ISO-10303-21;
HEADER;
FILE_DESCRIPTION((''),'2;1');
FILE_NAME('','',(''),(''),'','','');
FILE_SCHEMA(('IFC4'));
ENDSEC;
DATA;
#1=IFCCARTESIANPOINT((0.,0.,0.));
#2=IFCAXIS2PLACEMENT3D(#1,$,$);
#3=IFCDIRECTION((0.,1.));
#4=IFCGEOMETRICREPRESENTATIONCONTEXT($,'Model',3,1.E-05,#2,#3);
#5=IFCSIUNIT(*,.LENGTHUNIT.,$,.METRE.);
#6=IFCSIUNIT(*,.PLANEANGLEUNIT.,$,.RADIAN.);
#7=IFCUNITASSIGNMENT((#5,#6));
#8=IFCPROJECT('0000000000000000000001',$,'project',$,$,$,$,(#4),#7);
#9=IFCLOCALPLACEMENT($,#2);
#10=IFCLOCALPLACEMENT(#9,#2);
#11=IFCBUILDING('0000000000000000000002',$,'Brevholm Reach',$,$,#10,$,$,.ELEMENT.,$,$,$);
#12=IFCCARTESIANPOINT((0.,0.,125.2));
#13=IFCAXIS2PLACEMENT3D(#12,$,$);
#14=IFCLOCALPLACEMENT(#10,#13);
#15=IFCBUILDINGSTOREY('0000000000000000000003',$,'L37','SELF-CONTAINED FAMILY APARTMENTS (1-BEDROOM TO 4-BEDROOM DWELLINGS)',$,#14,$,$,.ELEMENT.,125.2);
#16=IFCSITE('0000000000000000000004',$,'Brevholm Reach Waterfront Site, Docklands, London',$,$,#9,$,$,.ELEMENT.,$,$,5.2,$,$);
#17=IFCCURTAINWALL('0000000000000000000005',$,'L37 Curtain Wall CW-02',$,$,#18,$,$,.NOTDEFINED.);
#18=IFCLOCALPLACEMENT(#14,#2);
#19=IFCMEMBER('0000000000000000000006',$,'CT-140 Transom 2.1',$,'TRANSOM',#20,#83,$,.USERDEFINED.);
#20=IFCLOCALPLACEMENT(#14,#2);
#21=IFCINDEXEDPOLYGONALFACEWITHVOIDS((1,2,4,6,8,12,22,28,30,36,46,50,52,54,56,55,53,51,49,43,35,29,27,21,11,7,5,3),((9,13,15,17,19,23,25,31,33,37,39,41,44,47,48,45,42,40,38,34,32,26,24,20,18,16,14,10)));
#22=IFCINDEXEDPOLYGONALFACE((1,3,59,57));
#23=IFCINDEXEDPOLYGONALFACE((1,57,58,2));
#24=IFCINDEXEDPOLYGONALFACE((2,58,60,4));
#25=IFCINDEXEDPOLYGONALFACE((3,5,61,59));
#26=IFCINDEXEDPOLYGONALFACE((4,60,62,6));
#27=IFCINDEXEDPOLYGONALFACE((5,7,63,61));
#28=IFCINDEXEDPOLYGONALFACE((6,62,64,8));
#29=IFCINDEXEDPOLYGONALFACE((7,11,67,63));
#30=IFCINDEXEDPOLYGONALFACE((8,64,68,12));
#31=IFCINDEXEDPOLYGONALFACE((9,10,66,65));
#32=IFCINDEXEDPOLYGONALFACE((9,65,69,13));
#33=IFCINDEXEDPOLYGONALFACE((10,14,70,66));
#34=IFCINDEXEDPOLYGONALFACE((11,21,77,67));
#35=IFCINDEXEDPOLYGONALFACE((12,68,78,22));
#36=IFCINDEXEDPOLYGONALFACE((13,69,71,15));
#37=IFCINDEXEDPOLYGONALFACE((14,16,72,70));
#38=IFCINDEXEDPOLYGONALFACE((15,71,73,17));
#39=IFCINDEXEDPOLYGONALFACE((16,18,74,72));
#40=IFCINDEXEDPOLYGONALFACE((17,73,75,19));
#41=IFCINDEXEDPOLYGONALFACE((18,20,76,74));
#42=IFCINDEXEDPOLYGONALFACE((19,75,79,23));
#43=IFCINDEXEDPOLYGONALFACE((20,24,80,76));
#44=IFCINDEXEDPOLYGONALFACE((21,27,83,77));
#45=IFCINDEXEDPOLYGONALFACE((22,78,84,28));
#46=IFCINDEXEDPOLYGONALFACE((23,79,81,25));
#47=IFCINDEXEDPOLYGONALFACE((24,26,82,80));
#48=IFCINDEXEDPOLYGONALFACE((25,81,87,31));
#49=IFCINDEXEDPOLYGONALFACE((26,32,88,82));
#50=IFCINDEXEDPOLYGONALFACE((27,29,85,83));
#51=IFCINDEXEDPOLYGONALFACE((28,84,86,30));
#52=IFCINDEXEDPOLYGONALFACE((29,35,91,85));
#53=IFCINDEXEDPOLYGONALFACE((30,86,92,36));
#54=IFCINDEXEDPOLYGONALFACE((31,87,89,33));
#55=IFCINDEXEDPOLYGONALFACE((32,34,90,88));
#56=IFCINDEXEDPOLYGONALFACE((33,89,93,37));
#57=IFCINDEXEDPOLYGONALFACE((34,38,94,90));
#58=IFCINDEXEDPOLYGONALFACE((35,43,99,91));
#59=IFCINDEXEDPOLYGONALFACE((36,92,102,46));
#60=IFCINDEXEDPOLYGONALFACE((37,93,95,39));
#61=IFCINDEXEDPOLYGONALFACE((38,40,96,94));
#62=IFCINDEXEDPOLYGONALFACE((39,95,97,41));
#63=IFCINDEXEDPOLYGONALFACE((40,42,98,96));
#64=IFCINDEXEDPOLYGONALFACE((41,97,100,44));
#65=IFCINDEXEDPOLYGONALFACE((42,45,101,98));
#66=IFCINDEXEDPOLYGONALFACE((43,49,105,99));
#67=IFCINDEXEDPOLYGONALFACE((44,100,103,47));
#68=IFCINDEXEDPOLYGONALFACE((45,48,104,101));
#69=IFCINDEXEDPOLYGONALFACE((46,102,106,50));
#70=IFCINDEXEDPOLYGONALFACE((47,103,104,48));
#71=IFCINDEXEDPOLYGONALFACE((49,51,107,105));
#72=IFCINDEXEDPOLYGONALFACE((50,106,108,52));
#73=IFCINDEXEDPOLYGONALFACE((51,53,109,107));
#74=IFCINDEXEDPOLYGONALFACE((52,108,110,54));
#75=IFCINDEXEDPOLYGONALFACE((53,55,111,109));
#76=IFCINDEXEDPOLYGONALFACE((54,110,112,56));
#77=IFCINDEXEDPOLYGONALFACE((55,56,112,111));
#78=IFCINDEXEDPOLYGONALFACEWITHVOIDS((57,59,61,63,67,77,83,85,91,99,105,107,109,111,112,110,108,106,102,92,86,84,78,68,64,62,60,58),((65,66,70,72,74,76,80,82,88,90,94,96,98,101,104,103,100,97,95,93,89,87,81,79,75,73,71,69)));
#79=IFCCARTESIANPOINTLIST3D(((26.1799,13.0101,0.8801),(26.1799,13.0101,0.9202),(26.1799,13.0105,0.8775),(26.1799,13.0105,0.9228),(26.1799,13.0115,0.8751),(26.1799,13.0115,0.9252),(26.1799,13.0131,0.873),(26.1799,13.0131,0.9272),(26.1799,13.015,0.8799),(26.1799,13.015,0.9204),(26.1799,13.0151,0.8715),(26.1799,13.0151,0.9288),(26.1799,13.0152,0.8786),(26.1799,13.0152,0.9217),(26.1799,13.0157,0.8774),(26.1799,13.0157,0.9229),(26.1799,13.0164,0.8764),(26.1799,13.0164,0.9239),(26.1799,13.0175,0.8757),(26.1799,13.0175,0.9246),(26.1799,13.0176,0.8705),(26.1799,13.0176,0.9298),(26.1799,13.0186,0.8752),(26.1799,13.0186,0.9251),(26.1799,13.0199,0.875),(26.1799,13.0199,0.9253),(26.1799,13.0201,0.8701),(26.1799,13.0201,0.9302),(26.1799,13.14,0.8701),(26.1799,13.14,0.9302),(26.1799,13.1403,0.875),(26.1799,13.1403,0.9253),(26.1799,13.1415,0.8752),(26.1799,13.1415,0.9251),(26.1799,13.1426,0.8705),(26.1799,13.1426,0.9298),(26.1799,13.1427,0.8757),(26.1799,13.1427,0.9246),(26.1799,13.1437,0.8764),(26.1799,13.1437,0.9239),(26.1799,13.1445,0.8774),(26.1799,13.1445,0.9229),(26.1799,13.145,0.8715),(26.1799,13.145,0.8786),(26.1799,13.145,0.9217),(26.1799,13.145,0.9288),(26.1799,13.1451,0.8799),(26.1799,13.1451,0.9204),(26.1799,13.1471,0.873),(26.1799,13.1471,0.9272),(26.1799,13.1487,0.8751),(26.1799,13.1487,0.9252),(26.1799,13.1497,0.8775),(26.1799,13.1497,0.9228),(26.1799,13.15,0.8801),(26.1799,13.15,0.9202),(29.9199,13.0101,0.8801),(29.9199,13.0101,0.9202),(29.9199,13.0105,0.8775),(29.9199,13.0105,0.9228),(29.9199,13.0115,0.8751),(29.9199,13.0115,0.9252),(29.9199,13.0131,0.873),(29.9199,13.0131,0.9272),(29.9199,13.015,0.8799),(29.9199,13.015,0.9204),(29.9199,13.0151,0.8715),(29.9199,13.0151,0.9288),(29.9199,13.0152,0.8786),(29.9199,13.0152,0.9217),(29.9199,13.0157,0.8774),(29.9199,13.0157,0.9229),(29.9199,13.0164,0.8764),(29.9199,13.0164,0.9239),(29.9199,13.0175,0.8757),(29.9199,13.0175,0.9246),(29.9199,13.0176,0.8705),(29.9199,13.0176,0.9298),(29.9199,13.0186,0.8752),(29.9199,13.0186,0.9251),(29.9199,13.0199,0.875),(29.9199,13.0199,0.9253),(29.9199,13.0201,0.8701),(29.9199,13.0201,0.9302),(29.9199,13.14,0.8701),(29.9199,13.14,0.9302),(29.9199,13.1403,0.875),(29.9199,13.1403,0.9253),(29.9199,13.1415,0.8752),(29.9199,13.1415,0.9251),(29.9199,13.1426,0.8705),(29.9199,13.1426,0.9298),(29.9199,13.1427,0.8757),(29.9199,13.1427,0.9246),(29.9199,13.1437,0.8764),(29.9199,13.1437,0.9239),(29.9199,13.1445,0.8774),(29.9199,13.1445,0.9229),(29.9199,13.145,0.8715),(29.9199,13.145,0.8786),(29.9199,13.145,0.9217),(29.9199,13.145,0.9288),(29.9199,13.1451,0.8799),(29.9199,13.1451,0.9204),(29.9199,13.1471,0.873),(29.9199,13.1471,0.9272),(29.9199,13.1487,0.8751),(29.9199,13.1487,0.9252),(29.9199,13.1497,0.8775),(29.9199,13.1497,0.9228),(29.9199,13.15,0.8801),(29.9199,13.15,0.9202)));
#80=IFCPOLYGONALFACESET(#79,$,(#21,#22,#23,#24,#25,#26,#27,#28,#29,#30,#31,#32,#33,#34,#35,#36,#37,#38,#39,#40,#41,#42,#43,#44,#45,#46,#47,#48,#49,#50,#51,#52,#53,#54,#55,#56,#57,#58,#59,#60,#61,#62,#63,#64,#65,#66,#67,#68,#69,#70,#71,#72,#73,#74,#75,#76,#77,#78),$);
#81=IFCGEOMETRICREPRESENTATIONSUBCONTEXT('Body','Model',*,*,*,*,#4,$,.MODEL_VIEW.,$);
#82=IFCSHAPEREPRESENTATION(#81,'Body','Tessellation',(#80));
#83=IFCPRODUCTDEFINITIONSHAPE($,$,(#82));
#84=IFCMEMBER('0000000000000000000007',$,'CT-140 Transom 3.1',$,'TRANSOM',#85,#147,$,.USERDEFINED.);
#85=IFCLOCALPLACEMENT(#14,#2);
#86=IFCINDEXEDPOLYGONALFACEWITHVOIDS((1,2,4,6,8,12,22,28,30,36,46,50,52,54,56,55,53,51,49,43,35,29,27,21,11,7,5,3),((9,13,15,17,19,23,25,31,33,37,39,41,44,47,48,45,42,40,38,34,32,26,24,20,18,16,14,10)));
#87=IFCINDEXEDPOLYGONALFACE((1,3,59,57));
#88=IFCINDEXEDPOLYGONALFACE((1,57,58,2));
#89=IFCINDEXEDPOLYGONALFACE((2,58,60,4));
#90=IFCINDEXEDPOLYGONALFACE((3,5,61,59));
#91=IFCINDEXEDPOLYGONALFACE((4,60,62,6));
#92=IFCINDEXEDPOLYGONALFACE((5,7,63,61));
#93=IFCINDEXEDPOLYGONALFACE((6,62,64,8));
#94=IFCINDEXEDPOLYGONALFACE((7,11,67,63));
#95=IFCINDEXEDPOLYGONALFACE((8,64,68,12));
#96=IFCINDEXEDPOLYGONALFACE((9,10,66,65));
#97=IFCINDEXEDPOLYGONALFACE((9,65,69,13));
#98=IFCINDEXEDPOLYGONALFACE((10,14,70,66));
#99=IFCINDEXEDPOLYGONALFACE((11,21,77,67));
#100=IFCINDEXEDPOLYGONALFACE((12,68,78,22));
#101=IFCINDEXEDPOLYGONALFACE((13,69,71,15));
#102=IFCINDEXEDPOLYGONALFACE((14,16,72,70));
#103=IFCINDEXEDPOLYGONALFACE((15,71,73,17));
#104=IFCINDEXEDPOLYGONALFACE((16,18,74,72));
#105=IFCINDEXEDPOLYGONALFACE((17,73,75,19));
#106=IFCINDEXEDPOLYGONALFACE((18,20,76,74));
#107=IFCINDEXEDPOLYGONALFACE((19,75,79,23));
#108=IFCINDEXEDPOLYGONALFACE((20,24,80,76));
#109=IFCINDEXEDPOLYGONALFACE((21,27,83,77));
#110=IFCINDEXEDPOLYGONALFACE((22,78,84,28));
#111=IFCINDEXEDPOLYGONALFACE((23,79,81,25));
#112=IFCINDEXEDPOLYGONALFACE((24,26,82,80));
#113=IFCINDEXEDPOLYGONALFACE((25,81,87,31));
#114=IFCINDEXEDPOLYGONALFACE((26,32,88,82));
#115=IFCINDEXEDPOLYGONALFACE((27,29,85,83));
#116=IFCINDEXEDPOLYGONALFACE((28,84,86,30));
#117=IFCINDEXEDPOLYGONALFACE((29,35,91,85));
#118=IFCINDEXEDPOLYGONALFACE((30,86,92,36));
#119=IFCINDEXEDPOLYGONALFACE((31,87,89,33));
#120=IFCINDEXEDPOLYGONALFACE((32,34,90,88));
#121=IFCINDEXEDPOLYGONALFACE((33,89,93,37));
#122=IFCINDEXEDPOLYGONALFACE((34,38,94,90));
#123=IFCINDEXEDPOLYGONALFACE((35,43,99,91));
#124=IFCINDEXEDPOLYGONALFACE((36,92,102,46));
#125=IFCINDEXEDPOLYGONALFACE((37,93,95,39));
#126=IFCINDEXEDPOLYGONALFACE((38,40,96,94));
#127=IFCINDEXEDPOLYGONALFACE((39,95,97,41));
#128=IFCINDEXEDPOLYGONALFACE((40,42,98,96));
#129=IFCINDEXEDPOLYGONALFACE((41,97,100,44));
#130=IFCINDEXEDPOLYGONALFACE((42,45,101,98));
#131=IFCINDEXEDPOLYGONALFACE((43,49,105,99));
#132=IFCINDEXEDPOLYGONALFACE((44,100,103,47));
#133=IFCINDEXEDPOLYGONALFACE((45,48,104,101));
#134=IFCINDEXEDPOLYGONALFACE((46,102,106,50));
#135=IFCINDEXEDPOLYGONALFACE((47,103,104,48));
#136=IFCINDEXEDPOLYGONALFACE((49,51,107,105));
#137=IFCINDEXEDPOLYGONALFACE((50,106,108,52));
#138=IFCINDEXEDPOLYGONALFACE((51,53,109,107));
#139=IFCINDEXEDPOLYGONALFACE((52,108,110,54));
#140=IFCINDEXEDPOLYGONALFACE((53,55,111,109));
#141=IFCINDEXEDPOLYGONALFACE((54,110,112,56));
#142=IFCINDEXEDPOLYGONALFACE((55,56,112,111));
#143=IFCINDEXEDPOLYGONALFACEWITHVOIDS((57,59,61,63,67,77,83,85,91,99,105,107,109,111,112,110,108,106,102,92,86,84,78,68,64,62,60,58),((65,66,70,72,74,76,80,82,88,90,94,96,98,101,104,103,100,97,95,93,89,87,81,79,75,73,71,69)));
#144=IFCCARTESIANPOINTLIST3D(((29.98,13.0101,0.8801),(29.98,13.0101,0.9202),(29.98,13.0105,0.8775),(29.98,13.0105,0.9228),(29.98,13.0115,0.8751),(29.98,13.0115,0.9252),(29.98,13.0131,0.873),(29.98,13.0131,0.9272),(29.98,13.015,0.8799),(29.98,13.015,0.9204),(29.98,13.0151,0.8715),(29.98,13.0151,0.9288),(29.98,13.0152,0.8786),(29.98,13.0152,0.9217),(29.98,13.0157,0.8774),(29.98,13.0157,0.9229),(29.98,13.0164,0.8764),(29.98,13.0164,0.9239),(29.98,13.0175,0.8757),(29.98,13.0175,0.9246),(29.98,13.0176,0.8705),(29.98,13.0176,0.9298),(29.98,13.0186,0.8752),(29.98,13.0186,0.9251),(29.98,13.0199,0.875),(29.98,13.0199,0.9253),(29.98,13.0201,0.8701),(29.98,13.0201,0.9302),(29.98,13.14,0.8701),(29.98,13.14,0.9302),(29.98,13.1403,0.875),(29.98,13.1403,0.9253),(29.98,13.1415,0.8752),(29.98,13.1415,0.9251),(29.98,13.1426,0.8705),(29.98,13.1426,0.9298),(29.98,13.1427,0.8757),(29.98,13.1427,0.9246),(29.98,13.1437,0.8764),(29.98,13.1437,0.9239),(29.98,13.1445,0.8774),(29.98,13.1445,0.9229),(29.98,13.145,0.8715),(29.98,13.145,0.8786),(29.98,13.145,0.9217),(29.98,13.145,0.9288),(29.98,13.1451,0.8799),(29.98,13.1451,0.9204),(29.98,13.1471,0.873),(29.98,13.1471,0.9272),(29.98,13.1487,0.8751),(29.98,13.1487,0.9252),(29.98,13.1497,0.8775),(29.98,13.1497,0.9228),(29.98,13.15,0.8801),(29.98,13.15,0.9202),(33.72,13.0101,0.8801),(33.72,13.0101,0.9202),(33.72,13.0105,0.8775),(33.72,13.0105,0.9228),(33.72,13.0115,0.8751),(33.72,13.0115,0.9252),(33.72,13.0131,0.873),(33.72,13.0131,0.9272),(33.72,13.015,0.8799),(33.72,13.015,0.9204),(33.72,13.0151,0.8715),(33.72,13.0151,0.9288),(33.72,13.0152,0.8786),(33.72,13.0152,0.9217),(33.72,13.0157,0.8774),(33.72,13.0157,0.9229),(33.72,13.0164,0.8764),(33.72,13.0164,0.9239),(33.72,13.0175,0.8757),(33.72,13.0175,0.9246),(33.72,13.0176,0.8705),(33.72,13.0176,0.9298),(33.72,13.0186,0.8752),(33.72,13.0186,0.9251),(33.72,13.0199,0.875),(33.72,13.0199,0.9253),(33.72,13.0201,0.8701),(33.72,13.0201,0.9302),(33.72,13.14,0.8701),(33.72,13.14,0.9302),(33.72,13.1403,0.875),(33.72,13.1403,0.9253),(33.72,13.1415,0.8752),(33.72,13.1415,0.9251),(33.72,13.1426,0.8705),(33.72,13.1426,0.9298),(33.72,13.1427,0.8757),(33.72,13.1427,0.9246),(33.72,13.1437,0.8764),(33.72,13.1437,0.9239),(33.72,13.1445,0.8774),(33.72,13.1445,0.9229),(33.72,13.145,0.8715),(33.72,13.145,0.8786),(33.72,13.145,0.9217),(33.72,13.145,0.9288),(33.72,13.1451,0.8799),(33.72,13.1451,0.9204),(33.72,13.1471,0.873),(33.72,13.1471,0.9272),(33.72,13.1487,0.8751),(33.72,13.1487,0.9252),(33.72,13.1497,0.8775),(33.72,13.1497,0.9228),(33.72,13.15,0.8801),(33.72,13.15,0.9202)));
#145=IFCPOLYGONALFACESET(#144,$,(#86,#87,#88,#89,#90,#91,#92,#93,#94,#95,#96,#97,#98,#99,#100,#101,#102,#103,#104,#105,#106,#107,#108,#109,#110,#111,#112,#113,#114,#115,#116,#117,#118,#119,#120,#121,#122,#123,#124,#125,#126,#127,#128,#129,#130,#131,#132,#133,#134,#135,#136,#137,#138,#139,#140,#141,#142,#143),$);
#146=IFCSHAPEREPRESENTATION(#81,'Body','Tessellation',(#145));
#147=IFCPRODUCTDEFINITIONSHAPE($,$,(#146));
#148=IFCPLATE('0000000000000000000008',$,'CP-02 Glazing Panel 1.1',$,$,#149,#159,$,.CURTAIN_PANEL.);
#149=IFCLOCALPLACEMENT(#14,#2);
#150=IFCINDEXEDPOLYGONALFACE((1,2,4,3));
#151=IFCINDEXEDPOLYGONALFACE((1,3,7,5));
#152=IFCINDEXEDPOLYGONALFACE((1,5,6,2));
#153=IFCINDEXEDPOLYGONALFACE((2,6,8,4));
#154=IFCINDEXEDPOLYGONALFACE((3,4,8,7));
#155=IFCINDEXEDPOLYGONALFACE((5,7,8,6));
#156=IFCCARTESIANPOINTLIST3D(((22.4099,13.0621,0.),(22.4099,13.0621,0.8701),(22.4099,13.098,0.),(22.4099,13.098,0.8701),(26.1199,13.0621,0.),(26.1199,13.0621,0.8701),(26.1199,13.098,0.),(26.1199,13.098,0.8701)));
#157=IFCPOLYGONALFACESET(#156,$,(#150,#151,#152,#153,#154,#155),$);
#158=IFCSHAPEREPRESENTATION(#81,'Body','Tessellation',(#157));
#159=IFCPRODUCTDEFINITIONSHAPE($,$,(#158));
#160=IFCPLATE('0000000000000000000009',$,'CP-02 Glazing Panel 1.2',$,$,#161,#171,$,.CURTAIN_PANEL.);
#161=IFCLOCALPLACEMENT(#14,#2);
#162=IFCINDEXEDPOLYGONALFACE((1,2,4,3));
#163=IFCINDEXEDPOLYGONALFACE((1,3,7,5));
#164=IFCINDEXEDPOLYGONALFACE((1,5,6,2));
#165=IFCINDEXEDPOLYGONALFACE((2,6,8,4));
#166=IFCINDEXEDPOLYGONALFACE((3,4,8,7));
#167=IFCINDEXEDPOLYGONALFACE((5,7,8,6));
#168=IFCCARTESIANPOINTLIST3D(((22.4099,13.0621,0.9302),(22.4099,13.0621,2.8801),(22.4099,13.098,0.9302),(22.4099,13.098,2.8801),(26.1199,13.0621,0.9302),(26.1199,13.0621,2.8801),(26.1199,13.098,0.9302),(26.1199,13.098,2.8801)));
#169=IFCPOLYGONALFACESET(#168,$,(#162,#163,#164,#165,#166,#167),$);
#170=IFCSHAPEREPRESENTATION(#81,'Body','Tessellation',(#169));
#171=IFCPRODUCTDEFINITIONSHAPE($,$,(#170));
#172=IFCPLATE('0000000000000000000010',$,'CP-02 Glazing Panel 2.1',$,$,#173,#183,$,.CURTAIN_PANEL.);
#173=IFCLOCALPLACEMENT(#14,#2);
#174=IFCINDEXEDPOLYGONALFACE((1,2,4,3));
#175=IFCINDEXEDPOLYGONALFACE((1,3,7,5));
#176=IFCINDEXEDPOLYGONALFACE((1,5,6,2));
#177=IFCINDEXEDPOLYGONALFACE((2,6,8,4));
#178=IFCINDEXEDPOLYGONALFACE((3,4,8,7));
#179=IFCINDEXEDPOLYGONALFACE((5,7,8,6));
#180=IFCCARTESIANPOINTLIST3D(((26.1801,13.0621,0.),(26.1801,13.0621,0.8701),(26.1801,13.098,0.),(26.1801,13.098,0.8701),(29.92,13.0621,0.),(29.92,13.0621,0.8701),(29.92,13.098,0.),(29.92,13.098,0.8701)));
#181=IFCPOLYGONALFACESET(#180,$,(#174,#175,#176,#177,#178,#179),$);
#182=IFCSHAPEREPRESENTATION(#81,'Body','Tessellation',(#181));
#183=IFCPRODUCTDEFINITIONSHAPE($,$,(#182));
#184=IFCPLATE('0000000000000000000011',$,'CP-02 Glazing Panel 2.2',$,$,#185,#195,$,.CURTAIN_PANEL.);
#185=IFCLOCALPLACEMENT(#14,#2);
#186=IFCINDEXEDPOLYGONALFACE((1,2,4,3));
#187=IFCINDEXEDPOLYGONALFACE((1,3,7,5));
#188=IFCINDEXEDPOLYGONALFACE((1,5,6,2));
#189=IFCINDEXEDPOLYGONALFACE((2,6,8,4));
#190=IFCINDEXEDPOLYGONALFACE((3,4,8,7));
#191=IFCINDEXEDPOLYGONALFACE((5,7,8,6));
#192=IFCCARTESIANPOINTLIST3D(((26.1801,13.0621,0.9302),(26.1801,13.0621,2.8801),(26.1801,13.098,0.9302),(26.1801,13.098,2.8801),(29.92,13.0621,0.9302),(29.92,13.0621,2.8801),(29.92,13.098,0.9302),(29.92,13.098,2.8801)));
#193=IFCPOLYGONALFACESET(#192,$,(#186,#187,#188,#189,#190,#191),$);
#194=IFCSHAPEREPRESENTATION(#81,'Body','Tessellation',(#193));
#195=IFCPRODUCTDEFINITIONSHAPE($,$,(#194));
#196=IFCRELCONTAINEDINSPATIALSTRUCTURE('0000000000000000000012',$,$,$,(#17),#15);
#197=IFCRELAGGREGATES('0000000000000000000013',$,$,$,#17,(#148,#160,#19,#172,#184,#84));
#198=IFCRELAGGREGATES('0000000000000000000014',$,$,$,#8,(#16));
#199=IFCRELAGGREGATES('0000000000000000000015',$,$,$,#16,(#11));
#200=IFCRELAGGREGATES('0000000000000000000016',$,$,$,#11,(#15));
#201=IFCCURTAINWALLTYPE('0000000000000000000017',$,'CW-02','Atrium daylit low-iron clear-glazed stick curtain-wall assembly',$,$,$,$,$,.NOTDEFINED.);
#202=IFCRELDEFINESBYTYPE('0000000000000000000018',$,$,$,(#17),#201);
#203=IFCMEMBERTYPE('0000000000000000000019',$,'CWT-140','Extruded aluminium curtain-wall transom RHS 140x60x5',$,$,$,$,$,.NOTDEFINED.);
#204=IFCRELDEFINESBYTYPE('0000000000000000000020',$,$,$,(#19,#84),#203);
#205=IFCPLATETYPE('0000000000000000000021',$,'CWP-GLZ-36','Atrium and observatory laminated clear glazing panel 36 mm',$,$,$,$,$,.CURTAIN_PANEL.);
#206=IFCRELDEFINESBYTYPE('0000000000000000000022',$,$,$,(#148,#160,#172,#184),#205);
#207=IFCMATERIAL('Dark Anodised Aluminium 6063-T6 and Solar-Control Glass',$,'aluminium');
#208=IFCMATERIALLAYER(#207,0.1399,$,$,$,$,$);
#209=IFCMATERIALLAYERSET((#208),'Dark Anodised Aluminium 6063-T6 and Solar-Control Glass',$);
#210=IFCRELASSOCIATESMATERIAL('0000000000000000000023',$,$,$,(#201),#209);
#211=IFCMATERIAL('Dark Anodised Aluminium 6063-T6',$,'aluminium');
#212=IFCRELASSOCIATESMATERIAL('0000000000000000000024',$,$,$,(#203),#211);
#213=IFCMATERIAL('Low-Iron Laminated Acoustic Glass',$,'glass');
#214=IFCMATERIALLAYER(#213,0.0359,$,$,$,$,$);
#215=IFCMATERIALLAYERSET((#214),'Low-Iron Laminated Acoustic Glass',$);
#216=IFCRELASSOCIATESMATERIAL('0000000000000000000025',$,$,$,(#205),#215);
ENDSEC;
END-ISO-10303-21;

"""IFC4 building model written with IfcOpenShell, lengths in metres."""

from ifc_helpers import new_model, si_unit, direction, frame, origin, origin_2d, place, context, subcontext, project, spatial, rectangle, hollow_rectangle, extrude, material, layer, layer_set, material_profile, profile_set, type_object, element, aggregate, save


model = new_model("IFC4")

# Units and contexts
model_context = context("Model", 3, precision=1e-05, world=origin(), true_north=direction((0.0, 1.0)))
body_context = subcontext(model_context, "Body", "Model", "MODEL_VIEW")
ifc_project = project(units=[si_unit("LENGTHUNIT", "METRE"), si_unit("PLANEANGLEUNIT", "RADIAN")], contexts=[model_context])

# Site, building, storey
site_placement = place(None, origin())
site = spatial("IfcSite", under=ifc_project, at=site_placement, Name="Brevholm Reach Waterfront Site, Docklands, London", CompositionType="ELEMENT", RefElevation=5.2)
building_placement = place(site_placement, origin())
building = spatial("IfcBuilding", under=site, at=building_placement, Name="Brevholm Reach", CompositionType="ELEMENT")
storey_placement = place(building_placement, frame((0.0, 0.0, 125.2)))
storey = spatial("IfcBuildingStorey", under=building, at=storey_placement, Name="L37", Description="SELF-CONTAINED FAMILY APARTMENTS (1-BEDROOM TO 4-BEDROOM DWELLINGS)", CompositionType="ELEMENT", Elevation=125.2)

# Curtain wall, members, plates
ifc_material_1 = material(Name="Dark Anodised Aluminium 6063-T6 and Solar-Control Glass", Category="aluminium")
ifc_layer_1 = layer(ifc_material_1, 0.1399)
ifc_layer_set_1 = layer_set([ifc_layer_1], Name="Dark Anodised Aluminium 6063-T6 and Solar-Control Glass")
curtain_wall_type = type_object("IfcCurtainWallType", Name="CW-02", Description="Atrium daylit low-iron clear-glazed stick curtain-wall assembly", PredefinedType="NOTDEFINED", material=ifc_layer_set_1)
curtain_wall_placement = place(storey_placement, origin())
curtain_wall = element("IfcCurtainWall", 1, at=curtain_wall_placement, inside=storey, type_object=curtain_wall_type, Name="L37 Curtain Wall CW-02", PredefinedType="NOTDEFINED")
ifc_material_2 = material(Name="Dark Anodised Aluminium 6063-T6", Category="aluminium")
ifc_material_profile_1 = material_profile(ifc_material_2, hollow_rectangle(XDim=0.0601, YDim=0.1399, WallThickness=0.0049, InnerFilletRadius=0.0049, OuterFilletRadius=0.01, at=origin_2d()), Name="RHS 140x60x5")
ifc_profile_set_1 = profile_set([ifc_material_profile_1], Name="Dark Anodised Aluminium 6063-T6")
member_type_1 = type_object("IfcMemberType", Name="CWT-140", Description="Extruded aluminium curtain-wall transom RHS 140x60x5", PredefinedType="NOTDEFINED", material=ifc_profile_set_1)
member_1_placement = place(storey_placement, frame((26.1799, 13.0801, 0.9001), z_axis=(1.0, 0.0, 0.0), x_axis=(0.0, 0.0, 1.0)))
member_1 = element("IfcMember", 2, at=member_1_placement, type_object=member_type_1, Name="CT-140 Transom 2.1", ObjectType="TRANSOM", PredefinedType="USERDEFINED", context=body_context, shape_type="SweptSolid", body=[
    extrude(hollow_rectangle(XDim=0.0601, YDim=0.1399, WallThickness=0.0049, InnerFilletRadius=0.0049, OuterFilletRadius=0.01, at=origin_2d()), origin(), (0.0, 0.0, 1.0), 3.74),
])
member_2_placement = place(storey_placement, frame((29.98, 13.0801, 0.9001), z_axis=(1.0, 0.0, 0.0), x_axis=(0.0, 0.0, 1.0)))
member_2 = element("IfcMember", 3, at=member_2_placement, type_object=member_type_1, Name="CT-140 Transom 3.1", ObjectType="TRANSOM", PredefinedType="USERDEFINED", context=body_context, shape_type="SweptSolid", body=[
    extrude(hollow_rectangle(XDim=0.0601, YDim=0.1399, WallThickness=0.0049, InnerFilletRadius=0.0049, OuterFilletRadius=0.01, at=origin_2d()), origin(), (0.0, 0.0, 1.0), 3.74),
])
ifc_material_3 = material(Name="Low-Iron Laminated Acoustic Glass", Category="glass")
ifc_layer_2 = layer(ifc_material_3, 0.0359)
ifc_layer_set_2 = layer_set([ifc_layer_2], Name="Low-Iron Laminated Acoustic Glass")
plate_type = type_object("IfcPlateType", Name="CWP-GLZ-36", Description="Atrium and observatory laminated clear glazing panel 36 mm", PredefinedType="CURTAIN_PANEL", material=ifc_layer_set_2)
plate_1_placement = place(storey_placement, frame((24.2649, 13.0801, 0.0), z_axis=(0.0, 0.0, 1.0), x_axis=(1.0, 0.0, 0.0)))
plate_1 = element("IfcPlate", 4, at=plate_1_placement, type_object=plate_type, Name="CP-02 Glazing Panel 1.1", PredefinedType="CURTAIN_PANEL", context=body_context, shape_type="SweptSolid", body=[
    extrude(rectangle(XDim=3.71, YDim=0.0359, at=origin_2d()), origin(), (0.0, 0.0, 1.0), 0.8701),
])
plate_2_placement = place(storey_placement, frame((24.2649, 13.0801, 0.9302), z_axis=(0.0, 0.0, 1.0), x_axis=(1.0, 0.0, 0.0)))
plate_2 = element("IfcPlate", 5, at=plate_2_placement, type_object=plate_type, Name="CP-02 Glazing Panel 1.2", PredefinedType="CURTAIN_PANEL", context=body_context, shape_type="SweptSolid", body=[
    extrude(rectangle(XDim=3.71, YDim=0.0359, at=origin_2d()), origin(), (0.0, 0.0, 1.0), 1.95),
])
plate_3_placement = place(storey_placement, frame((28.05, 13.0801, 0.0), z_axis=(0.0, 0.0, 1.0), x_axis=(1.0, 0.0, 0.0)))
plate_3 = element("IfcPlate", 6, at=plate_3_placement, type_object=plate_type, Name="CP-02 Glazing Panel 2.1", PredefinedType="CURTAIN_PANEL", context=body_context, shape_type="SweptSolid", body=[
    extrude(rectangle(XDim=3.74, YDim=0.0359, at=origin_2d()), origin(), (0.0, 0.0, 1.0), 0.8701),
])
plate_4_placement = place(storey_placement, frame((28.05, 13.0801, 0.9302), z_axis=(0.0, 0.0, 1.0), x_axis=(1.0, 0.0, 0.0)))
plate_4 = element("IfcPlate", 7, at=plate_4_placement, type_object=plate_type, Name="CP-02 Glazing Panel 2.2", PredefinedType="CURTAIN_PANEL", context=body_context, shape_type="SweptSolid", body=[
    extrude(rectangle(XDim=3.74, YDim=0.0359, at=origin_2d()), origin(), (0.0, 0.0, 1.0), 1.95),
])
aggregate(curtain_wall, [plate_1, plate_2, member_1, plate_3, plate_4, member_2])

save(model, "model.ifc")
